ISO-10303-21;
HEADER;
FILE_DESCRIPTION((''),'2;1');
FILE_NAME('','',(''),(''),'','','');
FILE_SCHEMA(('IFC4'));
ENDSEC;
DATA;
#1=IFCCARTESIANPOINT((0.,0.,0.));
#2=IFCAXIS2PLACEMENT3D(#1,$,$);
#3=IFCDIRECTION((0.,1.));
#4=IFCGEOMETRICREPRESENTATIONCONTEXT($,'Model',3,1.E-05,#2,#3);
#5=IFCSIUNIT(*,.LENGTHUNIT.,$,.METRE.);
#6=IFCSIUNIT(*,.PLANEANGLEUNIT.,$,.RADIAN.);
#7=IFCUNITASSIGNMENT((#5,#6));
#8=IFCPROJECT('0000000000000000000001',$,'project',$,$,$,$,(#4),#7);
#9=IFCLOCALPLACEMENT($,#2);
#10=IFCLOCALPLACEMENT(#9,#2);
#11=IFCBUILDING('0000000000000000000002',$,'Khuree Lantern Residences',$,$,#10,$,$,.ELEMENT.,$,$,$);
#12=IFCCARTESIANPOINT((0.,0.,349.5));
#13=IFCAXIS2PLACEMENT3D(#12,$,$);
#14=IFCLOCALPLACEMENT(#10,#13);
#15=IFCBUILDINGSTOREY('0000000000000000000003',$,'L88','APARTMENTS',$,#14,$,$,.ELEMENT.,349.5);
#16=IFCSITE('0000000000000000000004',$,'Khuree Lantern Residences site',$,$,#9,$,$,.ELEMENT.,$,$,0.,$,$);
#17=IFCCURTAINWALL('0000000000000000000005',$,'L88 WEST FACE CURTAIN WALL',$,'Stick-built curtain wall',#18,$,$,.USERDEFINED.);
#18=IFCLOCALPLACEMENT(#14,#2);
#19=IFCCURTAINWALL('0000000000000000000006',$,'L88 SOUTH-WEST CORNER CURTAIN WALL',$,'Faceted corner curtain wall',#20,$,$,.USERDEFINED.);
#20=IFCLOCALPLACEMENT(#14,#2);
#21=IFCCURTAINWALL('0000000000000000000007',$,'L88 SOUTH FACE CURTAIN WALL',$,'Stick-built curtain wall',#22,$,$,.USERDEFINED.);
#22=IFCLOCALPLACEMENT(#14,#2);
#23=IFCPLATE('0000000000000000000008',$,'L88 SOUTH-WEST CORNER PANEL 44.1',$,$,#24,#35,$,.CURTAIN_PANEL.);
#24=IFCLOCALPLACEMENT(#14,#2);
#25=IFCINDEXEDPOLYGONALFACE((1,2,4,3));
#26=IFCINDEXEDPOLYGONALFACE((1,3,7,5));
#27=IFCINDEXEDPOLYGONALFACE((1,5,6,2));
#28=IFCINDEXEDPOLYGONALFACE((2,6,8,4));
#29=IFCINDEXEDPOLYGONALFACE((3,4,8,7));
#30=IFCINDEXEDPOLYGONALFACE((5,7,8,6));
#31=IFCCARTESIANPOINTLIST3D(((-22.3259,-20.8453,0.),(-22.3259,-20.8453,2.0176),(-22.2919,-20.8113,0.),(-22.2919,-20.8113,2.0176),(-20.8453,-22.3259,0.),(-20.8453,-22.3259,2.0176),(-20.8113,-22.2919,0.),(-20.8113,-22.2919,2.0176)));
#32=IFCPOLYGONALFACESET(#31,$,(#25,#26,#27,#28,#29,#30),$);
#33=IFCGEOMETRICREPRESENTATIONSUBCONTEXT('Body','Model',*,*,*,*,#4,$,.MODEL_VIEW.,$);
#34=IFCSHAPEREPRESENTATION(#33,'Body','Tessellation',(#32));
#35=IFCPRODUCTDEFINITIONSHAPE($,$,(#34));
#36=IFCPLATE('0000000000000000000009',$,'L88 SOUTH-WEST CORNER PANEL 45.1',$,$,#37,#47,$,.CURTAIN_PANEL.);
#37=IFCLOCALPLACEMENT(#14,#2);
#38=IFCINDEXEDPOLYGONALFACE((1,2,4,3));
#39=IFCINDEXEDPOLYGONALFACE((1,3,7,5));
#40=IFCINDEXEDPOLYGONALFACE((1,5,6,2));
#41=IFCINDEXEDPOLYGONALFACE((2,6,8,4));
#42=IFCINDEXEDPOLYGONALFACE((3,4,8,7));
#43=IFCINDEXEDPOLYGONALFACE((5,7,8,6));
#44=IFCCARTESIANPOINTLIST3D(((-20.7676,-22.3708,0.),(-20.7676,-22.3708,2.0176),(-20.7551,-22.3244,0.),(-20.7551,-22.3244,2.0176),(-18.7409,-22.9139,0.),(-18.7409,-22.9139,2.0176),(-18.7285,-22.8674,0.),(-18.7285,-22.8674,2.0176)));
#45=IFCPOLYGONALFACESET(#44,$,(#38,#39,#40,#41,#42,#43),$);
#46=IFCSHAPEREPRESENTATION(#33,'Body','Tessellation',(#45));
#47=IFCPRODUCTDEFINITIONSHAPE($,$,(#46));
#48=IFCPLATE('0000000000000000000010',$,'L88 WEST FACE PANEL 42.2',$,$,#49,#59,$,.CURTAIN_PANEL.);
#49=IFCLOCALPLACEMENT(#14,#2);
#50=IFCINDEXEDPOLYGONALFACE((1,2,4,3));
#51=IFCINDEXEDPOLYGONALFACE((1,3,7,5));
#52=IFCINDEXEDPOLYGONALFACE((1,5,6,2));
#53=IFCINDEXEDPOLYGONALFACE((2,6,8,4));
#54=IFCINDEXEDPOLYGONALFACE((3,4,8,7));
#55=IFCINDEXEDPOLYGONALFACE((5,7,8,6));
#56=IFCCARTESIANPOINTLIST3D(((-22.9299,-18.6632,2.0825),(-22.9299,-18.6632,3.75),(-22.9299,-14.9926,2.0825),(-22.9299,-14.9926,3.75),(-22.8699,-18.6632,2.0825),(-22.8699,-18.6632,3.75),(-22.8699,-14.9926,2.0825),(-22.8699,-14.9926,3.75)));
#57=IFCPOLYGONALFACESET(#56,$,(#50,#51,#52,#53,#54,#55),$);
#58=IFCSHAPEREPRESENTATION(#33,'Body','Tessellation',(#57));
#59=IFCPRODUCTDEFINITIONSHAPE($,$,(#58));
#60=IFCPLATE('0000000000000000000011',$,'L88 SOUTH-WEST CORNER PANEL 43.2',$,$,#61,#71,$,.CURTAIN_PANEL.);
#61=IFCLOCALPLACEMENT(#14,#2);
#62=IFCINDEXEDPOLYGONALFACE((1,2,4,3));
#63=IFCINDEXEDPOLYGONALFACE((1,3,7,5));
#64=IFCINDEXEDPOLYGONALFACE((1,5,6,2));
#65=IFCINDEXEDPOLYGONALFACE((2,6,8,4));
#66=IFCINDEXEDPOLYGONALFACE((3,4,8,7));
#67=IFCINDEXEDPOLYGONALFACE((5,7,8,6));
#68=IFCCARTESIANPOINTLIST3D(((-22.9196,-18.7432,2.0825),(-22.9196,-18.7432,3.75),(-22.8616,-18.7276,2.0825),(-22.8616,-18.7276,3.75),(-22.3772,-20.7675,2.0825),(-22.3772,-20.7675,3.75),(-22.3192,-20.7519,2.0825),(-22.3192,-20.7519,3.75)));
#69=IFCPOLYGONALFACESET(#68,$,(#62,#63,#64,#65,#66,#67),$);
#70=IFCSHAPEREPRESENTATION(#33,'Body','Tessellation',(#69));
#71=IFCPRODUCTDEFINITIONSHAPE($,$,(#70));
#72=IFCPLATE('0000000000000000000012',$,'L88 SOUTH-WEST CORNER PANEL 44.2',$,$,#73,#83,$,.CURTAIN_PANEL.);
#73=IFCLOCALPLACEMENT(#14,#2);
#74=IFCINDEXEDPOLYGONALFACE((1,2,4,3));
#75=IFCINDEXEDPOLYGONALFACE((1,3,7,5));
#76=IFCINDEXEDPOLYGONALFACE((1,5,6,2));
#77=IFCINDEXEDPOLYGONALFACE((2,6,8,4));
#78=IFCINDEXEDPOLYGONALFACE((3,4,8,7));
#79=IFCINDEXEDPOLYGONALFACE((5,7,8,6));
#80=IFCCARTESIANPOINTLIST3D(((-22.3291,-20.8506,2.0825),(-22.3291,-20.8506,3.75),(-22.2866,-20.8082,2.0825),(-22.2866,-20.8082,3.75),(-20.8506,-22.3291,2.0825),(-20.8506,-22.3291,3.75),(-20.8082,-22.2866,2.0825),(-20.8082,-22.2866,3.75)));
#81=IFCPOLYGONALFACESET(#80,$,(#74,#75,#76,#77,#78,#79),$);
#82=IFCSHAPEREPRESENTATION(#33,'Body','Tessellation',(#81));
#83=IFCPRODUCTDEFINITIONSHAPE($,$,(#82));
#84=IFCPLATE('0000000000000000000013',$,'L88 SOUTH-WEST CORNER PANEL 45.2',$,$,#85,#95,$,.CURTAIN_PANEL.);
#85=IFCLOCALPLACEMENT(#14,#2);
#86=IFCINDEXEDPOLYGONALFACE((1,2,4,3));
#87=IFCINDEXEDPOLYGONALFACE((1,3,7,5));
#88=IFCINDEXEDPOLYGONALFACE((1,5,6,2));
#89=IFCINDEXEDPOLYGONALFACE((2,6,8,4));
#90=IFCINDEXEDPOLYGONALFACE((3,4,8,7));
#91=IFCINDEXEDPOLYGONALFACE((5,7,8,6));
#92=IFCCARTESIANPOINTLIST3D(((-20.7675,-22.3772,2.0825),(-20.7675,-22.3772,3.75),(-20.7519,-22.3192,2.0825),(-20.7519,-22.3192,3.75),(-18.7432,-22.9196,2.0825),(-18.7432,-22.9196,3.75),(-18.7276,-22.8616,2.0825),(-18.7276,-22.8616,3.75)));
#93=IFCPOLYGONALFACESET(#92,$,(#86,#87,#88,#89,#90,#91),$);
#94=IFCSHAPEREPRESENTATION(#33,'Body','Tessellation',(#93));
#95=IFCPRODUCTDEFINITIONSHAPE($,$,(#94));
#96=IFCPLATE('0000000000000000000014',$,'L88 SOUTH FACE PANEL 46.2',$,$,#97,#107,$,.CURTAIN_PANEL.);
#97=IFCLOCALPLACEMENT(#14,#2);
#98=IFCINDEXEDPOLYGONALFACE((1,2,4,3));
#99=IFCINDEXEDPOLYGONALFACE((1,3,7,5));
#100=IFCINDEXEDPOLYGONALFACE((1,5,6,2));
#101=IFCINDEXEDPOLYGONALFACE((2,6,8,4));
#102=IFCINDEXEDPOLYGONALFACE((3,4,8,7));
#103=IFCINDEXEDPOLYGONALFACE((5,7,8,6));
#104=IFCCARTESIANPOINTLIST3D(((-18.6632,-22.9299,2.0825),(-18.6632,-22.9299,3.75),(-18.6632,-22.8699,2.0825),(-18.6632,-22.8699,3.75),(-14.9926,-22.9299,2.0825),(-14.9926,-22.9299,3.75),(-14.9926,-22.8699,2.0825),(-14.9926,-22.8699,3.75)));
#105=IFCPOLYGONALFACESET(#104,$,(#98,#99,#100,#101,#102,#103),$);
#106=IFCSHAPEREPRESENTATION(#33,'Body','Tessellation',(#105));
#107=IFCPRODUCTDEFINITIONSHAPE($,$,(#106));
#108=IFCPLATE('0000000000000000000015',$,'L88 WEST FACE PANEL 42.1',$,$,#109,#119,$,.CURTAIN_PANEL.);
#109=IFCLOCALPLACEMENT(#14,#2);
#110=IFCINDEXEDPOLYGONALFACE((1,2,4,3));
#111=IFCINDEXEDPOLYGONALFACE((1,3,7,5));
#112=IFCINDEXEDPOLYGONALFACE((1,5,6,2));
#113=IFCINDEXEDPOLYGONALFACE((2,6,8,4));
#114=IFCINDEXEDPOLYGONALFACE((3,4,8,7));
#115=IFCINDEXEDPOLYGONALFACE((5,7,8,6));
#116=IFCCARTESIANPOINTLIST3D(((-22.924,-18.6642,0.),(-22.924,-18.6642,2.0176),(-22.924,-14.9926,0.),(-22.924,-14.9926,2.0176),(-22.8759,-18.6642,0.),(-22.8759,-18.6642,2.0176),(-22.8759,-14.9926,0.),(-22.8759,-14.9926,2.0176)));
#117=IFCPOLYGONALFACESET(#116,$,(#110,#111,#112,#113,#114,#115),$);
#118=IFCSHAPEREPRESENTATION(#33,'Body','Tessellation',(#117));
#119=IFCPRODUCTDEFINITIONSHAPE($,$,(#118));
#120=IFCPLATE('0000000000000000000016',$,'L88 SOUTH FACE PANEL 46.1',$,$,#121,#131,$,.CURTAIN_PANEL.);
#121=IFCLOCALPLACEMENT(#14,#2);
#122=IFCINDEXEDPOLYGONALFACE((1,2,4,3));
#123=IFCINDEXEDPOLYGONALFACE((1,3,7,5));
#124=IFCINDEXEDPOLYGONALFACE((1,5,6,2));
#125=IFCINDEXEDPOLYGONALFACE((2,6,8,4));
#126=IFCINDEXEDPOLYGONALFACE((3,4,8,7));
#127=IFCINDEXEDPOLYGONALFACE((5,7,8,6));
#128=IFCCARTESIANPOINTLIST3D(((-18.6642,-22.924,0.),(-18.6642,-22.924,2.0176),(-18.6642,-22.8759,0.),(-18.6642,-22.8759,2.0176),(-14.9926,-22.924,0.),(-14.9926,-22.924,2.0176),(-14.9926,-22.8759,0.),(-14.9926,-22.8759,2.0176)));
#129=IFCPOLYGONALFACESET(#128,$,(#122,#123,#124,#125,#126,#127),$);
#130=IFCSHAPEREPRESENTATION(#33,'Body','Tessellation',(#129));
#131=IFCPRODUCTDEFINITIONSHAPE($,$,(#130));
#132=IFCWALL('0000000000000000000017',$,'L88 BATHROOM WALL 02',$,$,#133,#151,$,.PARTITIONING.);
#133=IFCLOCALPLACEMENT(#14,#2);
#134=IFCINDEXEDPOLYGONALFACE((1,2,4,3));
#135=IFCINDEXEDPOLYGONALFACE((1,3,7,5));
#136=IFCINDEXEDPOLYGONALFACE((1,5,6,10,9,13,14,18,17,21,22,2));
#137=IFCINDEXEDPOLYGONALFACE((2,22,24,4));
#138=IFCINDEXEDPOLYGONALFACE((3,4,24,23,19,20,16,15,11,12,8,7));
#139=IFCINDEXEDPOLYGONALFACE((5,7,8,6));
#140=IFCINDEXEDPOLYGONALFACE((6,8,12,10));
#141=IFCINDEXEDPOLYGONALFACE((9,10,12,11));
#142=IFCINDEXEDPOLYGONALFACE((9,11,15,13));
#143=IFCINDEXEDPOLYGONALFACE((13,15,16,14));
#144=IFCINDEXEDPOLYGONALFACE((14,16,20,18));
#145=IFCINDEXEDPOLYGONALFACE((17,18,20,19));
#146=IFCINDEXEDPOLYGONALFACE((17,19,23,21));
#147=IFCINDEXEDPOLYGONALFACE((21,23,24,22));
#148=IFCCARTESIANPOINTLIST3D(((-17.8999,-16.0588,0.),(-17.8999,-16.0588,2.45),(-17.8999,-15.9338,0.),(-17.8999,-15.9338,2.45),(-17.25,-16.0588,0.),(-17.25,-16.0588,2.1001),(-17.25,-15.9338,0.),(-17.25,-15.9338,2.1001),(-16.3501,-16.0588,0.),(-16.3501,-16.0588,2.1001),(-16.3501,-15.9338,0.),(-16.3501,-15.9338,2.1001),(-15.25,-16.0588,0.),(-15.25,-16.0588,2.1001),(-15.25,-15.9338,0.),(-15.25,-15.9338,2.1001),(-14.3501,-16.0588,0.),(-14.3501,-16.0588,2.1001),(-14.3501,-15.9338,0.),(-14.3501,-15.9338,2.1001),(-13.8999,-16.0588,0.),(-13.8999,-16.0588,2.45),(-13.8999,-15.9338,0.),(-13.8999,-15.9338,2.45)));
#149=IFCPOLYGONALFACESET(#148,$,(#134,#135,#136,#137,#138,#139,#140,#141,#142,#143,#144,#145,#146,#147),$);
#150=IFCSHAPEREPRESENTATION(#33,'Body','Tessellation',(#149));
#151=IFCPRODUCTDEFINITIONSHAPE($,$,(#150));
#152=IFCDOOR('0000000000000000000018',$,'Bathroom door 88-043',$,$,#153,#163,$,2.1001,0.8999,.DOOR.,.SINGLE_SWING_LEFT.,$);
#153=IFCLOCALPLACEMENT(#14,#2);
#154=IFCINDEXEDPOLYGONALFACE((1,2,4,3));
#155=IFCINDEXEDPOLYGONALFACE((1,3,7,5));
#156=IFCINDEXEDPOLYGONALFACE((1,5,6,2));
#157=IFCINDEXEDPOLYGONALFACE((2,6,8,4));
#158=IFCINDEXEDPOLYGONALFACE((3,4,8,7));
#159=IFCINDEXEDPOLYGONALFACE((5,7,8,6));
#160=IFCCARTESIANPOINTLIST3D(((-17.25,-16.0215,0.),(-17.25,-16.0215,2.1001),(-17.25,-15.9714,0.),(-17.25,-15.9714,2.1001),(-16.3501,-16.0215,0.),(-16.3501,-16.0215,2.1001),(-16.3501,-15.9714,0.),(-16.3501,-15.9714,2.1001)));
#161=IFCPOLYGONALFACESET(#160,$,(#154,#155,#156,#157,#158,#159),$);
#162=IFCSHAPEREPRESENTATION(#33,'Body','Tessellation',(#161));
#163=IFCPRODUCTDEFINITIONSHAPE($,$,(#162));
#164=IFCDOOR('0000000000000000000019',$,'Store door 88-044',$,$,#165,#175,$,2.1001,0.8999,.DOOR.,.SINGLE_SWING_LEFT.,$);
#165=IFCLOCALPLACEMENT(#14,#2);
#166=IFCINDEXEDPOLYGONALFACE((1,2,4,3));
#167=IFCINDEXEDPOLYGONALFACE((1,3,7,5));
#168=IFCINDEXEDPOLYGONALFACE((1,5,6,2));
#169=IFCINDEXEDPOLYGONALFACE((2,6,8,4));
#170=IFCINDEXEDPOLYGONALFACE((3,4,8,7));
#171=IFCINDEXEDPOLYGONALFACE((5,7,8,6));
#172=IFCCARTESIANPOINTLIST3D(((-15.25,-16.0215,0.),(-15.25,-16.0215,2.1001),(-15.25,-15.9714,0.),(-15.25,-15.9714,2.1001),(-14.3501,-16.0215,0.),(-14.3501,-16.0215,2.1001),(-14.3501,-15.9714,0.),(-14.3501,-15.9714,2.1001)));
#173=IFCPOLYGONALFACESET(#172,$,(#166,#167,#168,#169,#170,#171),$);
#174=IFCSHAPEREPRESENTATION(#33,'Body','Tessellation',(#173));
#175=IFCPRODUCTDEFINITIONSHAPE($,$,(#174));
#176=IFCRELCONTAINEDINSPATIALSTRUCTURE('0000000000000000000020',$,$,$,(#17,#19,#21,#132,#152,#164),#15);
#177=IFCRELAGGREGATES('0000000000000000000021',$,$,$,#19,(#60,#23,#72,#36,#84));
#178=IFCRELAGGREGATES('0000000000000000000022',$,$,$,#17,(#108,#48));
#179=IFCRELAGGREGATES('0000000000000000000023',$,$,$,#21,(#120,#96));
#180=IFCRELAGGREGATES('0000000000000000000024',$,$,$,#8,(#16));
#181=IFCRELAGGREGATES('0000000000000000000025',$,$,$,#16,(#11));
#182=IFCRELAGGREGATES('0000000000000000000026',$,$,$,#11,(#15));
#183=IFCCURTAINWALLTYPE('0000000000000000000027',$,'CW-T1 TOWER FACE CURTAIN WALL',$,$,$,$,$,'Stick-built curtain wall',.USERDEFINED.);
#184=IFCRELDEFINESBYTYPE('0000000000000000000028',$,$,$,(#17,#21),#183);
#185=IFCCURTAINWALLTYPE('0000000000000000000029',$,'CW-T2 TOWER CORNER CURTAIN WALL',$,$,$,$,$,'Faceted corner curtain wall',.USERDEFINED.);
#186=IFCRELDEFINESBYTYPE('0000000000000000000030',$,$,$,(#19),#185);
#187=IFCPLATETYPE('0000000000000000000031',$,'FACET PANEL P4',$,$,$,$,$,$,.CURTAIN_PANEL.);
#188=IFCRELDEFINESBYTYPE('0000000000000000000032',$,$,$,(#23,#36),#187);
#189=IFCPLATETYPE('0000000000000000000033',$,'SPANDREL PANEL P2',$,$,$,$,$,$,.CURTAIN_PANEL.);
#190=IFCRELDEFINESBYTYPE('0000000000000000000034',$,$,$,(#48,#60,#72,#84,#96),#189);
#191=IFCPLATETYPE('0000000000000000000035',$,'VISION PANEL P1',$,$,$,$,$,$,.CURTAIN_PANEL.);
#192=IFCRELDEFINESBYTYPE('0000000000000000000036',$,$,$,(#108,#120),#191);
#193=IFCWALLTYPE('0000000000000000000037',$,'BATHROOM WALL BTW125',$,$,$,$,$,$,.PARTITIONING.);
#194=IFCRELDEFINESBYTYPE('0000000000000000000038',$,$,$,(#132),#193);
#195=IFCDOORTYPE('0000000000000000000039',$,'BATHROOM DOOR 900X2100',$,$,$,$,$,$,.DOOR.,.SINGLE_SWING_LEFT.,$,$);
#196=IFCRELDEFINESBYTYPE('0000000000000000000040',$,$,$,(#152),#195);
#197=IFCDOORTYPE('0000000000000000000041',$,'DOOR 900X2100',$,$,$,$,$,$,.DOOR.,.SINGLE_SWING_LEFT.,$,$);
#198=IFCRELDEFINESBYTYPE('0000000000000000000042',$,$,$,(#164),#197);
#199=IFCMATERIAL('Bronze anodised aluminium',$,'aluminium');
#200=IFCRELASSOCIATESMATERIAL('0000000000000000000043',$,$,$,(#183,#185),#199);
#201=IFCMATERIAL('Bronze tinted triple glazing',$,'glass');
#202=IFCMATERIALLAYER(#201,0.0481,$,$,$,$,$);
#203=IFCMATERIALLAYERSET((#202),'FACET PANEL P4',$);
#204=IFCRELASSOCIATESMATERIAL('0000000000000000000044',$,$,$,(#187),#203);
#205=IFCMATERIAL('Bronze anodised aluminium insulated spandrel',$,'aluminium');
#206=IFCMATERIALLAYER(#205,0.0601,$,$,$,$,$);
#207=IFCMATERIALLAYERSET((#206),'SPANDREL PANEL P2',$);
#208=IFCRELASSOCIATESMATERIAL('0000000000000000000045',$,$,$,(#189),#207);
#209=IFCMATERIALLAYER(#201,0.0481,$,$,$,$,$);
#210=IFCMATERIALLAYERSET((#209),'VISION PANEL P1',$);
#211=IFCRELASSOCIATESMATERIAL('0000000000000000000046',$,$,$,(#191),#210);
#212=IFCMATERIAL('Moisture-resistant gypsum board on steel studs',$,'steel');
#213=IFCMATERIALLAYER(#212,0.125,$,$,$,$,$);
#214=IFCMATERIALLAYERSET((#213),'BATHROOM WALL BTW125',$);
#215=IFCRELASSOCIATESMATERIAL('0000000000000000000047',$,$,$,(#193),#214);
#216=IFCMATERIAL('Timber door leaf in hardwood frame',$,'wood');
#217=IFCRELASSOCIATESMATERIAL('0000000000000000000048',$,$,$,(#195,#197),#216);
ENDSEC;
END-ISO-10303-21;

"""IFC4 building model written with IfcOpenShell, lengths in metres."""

from ifc_helpers import new_model, si_unit, direction, frame, frame_2d, origin, origin_2d, place, context, subcontext, project, spatial, rectangle, extrude, material, layer, layer_set, type_object, element, fill, aggregate, save


model = new_model("IFC4")

# Units and contexts
model_context = context("Model", 3, precision=1e-05, world=origin(), true_north=direction((0.0, 1.0)))
body_context = subcontext(model_context, "Body", "Model", "MODEL_VIEW")
ifc_project = project(units=[si_unit("LENGTHUNIT", "METRE"), si_unit("PLANEANGLEUNIT", "RADIAN")], contexts=[model_context])

# Site, building, storey
site_placement = place(None, origin())
site = spatial("IfcSite", under=ifc_project, at=site_placement, Name="Khuree Lantern Residences site", CompositionType="ELEMENT", RefElevation=0.0)
building_placement = place(site_placement, origin())
building = spatial("IfcBuilding", under=site, at=building_placement, Name="Khuree Lantern Residences", CompositionType="ELEMENT")
storey_placement = place(building_placement, frame((0.0, 0.0, 349.5)))
storey = spatial("IfcBuildingStorey", under=building, at=storey_placement, Name="L88", Description="APARTMENTS", CompositionType="ELEMENT", Elevation=349.5)

# Curtain walls
ifc_material_1 = material(Name="Bronze anodised aluminium", Category="aluminium")
curtain_wall_type_1 = type_object("IfcCurtainWallType", Name="CW-T1 TOWER FACE CURTAIN WALL", ElementType="Stick-built curtain wall", PredefinedType="USERDEFINED", material=ifc_material_1)
curtain_wall_1_placement = place(storey_placement, origin())
curtain_wall_1 = element("IfcCurtainWall", 1, at=curtain_wall_1_placement, inside=storey, type_object=curtain_wall_type_1, Name="L88 WEST FACE CURTAIN WALL", ObjectType="Stick-built curtain wall", PredefinedType="USERDEFINED")
curtain_wall_type_2 = type_object("IfcCurtainWallType", Name="CW-T2 TOWER CORNER CURTAIN WALL", ElementType="Faceted corner curtain wall", PredefinedType="USERDEFINED", material=ifc_material_1)
curtain_wall_2_placement = place(storey_placement, origin())
curtain_wall_2 = element("IfcCurtainWall", 2, at=curtain_wall_2_placement, inside=storey, type_object=curtain_wall_type_2, Name="L88 SOUTH-WEST CORNER CURTAIN WALL", ObjectType="Faceted corner curtain wall", PredefinedType="USERDEFINED")

# Curtain wall
curtain_wall_3_placement = place(storey_placement, origin())
curtain_wall_3 = element("IfcCurtainWall", 3, at=curtain_wall_3_placement, inside=storey, type_object=curtain_wall_type_1, Name="L88 SOUTH FACE CURTAIN WALL", ObjectType="Stick-built curtain wall", PredefinedType="USERDEFINED")

# Plates
ifc_material_2 = material(Name="Bronze tinted triple glazing", Category="glass")
ifc_layer_1 = layer(ifc_material_2, 0.0481)
ifc_layer_set_1 = layer_set([ifc_layer_1], Name="FACET PANEL P4")
plate_type_1 = type_object("IfcPlateType", Name="FACET PANEL P4", PredefinedType="CURTAIN_PANEL", material=ifc_layer_set_1)
plate_1_placement = place(storey_placement, frame((-21.5686, -21.5686, 0.0), z_axis=(0.0, 0.0, 1.0), x_axis=(0.707107, -0.707107, 0.0)))
plate_1 = element("IfcPlate", 4, at=plate_1_placement, type_object=plate_type_1, Name="L88 SOUTH-WEST CORNER PANEL 44.1", PredefinedType="CURTAIN_PANEL", context=body_context, shape_type="SweptSolid", body=[
    extrude(rectangle(XDim=2.094, YDim=0.0481, at=origin_2d()), origin(), (0.0, 0.0, 1.0), 2.0176),
])
plate_2_placement = place(storey_placement, frame((-19.748, -22.6191, 0.0), z_axis=(0.0, 0.0, 1.0), x_axis=(0.965926, -0.258819, 0.0)))
plate_2 = element("IfcPlate", 5, at=plate_2_placement, type_object=plate_type_1, Name="L88 SOUTH-WEST CORNER PANEL 45.1", PredefinedType="CURTAIN_PANEL", context=body_context, shape_type="SweptSolid", body=[
    extrude(rectangle(XDim=2.0981, YDim=0.0481, at=origin_2d()), origin(), (0.0, 0.0, 1.0), 2.0176),
])
ifc_material_3 = material(Name="Bronze anodised aluminium insulated spandrel", Category="aluminium")
ifc_layer_2 = layer(ifc_material_3, 0.0601)
ifc_layer_set_2 = layer_set([ifc_layer_2], Name="SPANDREL PANEL P2")
plate_type_2 = type_object("IfcPlateType", Name="SPANDREL PANEL P2", PredefinedType="CURTAIN_PANEL", material=ifc_layer_set_2)
plate_3_placement = place(storey_placement, frame((-22.8999, -16.8279, 2.0825), z_axis=(0.0, 0.0, 1.0), x_axis=(0.0, -1.0, 0.0)))
plate_3 = element("IfcPlate", 6, at=plate_3_placement, type_object=plate_type_2, Name="L88 WEST FACE PANEL 42.2", PredefinedType="CURTAIN_PANEL", context=body_context, shape_type="SweptSolid", body=[
    extrude(rectangle(XDim=3.6707, YDim=0.0601, at=origin_2d()), origin(), (0.0, 0.0, 1.0), 1.6675),
])
plate_4_placement = place(storey_placement, frame((-22.6194, -19.7476, 2.0825), z_axis=(0.0, 0.0, 1.0), x_axis=(0.258819, -0.965926, 0.0)))
plate_4 = element("IfcPlate", 7, at=plate_4_placement, type_object=plate_type_2, Name="L88 SOUTH-WEST CORNER PANEL 43.2", PredefinedType="CURTAIN_PANEL", context=body_context, shape_type="SweptSolid", body=[
    extrude(rectangle(XDim=2.0957, YDim=0.0601, at=origin_2d()), origin(), (0.0, 0.0, 1.0), 1.6675),
])
plate_5_placement = place(storey_placement, frame((-21.5686, -21.5686, 2.0825), z_axis=(0.0, 0.0, 1.0), x_axis=(0.707107, -0.707107, 0.0)))
plate_5 = element("IfcPlate", 8, at=plate_5_placement, type_object=plate_type_2, Name="L88 SOUTH-WEST CORNER PANEL 44.2", PredefinedType="CURTAIN_PANEL", context=body_context, shape_type="SweptSolid", body=[
    extrude(rectangle(XDim=2.0908, YDim=0.0601, at=origin_2d()), origin(), (0.0, 0.0, 1.0), 1.6675),
])
plate_6_placement = place(storey_placement, frame((-19.7476, -22.6194, 2.0825), z_axis=(0.0, 0.0, 1.0), x_axis=(0.965926, -0.258819, 0.0)))
plate_6 = element("IfcPlate", 9, at=plate_6_placement, type_object=plate_type_2, Name="L88 SOUTH-WEST CORNER PANEL 45.2", PredefinedType="CURTAIN_PANEL", context=body_context, shape_type="SweptSolid", body=[
    extrude(rectangle(XDim=2.0957, YDim=0.0601, at=origin_2d()), origin(), (0.0, 0.0, 1.0), 1.6675),
])
aggregate(curtain_wall_2, [plate_4, plate_1, plate_5, plate_2, plate_6])
plate_7_placement = place(storey_placement, frame((-16.8279, -22.8999, 2.0825), z_axis=(0.0, 0.0, 1.0), x_axis=(1.0, 0.0, 0.0)))
plate_7 = element("IfcPlate", 10, at=plate_7_placement, type_object=plate_type_2, Name="L88 SOUTH FACE PANEL 46.2", PredefinedType="CURTAIN_PANEL", context=body_context, shape_type="SweptSolid", body=[
    extrude(rectangle(XDim=3.6707, YDim=0.0601, at=origin_2d()), origin(), (0.0, 0.0, 1.0), 1.6675),
])
ifc_layer_3 = layer(ifc_material_2, 0.0481)
ifc_layer_set_3 = layer_set([ifc_layer_3], Name="VISION PANEL P1")
plate_type_3 = type_object("IfcPlateType", Name="VISION PANEL P1", PredefinedType="CURTAIN_PANEL", material=ifc_layer_set_3)
plate_8_placement = place(storey_placement, frame((-22.8999, -16.8284, 0.0), z_axis=(0.0, 0.0, 1.0), x_axis=(0.0, -1.0, 0.0)))
plate_8 = element("IfcPlate", 11, at=plate_8_placement, type_object=plate_type_3, Name="L88 WEST FACE PANEL 42.1", PredefinedType="CURTAIN_PANEL", context=body_context, shape_type="SweptSolid", body=[
    extrude(rectangle(XDim=3.6716, YDim=0.0481, at=origin_2d()), origin(), (0.0, 0.0, 1.0), 2.0176),
])
aggregate(curtain_wall_1, [plate_8, plate_3])
plate_9_placement = place(storey_placement, frame((-16.8284, -22.8999, 0.0), z_axis=(0.0, 0.0, 1.0), x_axis=(1.0, 0.0, 0.0)))
plate_9 = element("IfcPlate", 12, at=plate_9_placement, type_object=plate_type_3, Name="L88 SOUTH FACE PANEL 46.1", PredefinedType="CURTAIN_PANEL", context=body_context, shape_type="SweptSolid", body=[
    extrude(rectangle(XDim=3.6716, YDim=0.0481, at=origin_2d()), origin(), (0.0, 0.0, 1.0), 2.0176),
])
aggregate(curtain_wall_3, [plate_9, plate_7])

# Wall, openings, doors
ifc_material_4 = material(Name="Moisture-resistant gypsum board on steel studs", Category="steel")
ifc_layer_4 = layer(ifc_material_4, 0.125)
ifc_layer_set_4 = layer_set([ifc_layer_4], Name="BATHROOM WALL BTW125")
wall_type = type_object("IfcWallType", Name="BATHROOM WALL BTW125", PredefinedType="PARTITIONING", material=ifc_layer_set_4)
wall_placement = place(storey_placement, frame((-17.8999, -15.9963, 0.0), z_axis=(0.0, 0.0, 1.0), x_axis=(1.0, 0.0, 0.0)))
wall = element("IfcWall", 13, at=wall_placement, inside=storey, type_object=wall_type, Name="L88 BATHROOM WALL 02", PredefinedType="PARTITIONING", context=body_context, shape_type="SweptSolid", body=[
    extrude(rectangle(XDim=4.0, YDim=0.125, at=frame_2d((2.0, 0.0))), origin(), (0.0, 0.0, 1.0), 2.45),
])
opening_1_placement = place(wall_placement, frame((0.6499, 0.0, 0.0)))
opening_1 = element("IfcOpeningElement", 14, at=opening_1_placement, cuts=wall, PredefinedType="OPENING", context=body_context, shape_type="SweptSolid", body=[
    extrude(rectangle(XDim=0.8999, YDim=2.1001, at=frame_2d((0.45, 1.05))), frame((0.0, 0.0725, 0.0), z_axis=(0.0, -1.0, 0.0), x_axis=(1.0, 0.0, 0.0)), (0.0, 0.0, 1.0), 0.145),
])
opening_2_placement = place(wall_placement, frame((2.6499, 0.0, 0.0)))
opening_2 = element("IfcOpeningElement", 15, at=opening_2_placement, cuts=wall, PredefinedType="OPENING", context=body_context, shape_type="SweptSolid", body=[
    extrude(rectangle(XDim=0.8999, YDim=2.1001, at=frame_2d((0.45, 1.05))), frame((0.0, 0.0725, 0.0), z_axis=(0.0, -1.0, 0.0), x_axis=(1.0, 0.0, 0.0)), (0.0, 0.0, 1.0), 0.145),
])
ifc_material_5 = material(Name="Timber door leaf in hardwood frame", Category="wood")
door_type_1 = type_object("IfcDoorType", Name="BATHROOM DOOR 900X2100", OperationType="SINGLE_SWING_LEFT", PredefinedType="DOOR", material=ifc_material_5)
door_1_placement = place(opening_1_placement, origin())
door_1 = element("IfcDoor", 16, at=door_1_placement, inside=storey, type_object=door_type_1, Name="Bathroom door 88-043", OperationType="SINGLE_SWING_LEFT", OverallHeight=2.1001, OverallWidth=0.8999, PredefinedType="DOOR", context=body_context, shape_type="SweptSolid", body=[
    extrude(rectangle(XDim=0.8999, YDim=2.1001, at=frame_2d((0.45, 1.05))), frame((0.0, 0.0249, 0.0), z_axis=(0.0, -1.0, 0.0), x_axis=(1.0, 0.0, 0.0)), (0.0, 0.0, 1.0), 0.05),
])
fill(opening_1, door_1)
door_type_2 = type_object("IfcDoorType", Name="DOOR 900X2100", OperationType="SINGLE_SWING_LEFT", PredefinedType="DOOR", material=ifc_material_5)
door_2_placement = place(opening_2_placement, origin())
door_2 = element("IfcDoor", 17, at=door_2_placement, inside=storey, type_object=door_type_2, Name="Store door 88-044", OperationType="SINGLE_SWING_LEFT", OverallHeight=2.1001, OverallWidth=0.8999, PredefinedType="DOOR", context=body_context, shape_type="SweptSolid", body=[
    extrude(rectangle(XDim=0.8999, YDim=2.1001, at=frame_2d((0.45, 1.05))), frame((0.0, 0.0249, 0.0), z_axis=(0.0, -1.0, 0.0), x_axis=(1.0, 0.0, 0.0)), (0.0, 0.0, 1.0), 0.05),
])
fill(opening_2, door_2)

save(model, "model.ifc")
